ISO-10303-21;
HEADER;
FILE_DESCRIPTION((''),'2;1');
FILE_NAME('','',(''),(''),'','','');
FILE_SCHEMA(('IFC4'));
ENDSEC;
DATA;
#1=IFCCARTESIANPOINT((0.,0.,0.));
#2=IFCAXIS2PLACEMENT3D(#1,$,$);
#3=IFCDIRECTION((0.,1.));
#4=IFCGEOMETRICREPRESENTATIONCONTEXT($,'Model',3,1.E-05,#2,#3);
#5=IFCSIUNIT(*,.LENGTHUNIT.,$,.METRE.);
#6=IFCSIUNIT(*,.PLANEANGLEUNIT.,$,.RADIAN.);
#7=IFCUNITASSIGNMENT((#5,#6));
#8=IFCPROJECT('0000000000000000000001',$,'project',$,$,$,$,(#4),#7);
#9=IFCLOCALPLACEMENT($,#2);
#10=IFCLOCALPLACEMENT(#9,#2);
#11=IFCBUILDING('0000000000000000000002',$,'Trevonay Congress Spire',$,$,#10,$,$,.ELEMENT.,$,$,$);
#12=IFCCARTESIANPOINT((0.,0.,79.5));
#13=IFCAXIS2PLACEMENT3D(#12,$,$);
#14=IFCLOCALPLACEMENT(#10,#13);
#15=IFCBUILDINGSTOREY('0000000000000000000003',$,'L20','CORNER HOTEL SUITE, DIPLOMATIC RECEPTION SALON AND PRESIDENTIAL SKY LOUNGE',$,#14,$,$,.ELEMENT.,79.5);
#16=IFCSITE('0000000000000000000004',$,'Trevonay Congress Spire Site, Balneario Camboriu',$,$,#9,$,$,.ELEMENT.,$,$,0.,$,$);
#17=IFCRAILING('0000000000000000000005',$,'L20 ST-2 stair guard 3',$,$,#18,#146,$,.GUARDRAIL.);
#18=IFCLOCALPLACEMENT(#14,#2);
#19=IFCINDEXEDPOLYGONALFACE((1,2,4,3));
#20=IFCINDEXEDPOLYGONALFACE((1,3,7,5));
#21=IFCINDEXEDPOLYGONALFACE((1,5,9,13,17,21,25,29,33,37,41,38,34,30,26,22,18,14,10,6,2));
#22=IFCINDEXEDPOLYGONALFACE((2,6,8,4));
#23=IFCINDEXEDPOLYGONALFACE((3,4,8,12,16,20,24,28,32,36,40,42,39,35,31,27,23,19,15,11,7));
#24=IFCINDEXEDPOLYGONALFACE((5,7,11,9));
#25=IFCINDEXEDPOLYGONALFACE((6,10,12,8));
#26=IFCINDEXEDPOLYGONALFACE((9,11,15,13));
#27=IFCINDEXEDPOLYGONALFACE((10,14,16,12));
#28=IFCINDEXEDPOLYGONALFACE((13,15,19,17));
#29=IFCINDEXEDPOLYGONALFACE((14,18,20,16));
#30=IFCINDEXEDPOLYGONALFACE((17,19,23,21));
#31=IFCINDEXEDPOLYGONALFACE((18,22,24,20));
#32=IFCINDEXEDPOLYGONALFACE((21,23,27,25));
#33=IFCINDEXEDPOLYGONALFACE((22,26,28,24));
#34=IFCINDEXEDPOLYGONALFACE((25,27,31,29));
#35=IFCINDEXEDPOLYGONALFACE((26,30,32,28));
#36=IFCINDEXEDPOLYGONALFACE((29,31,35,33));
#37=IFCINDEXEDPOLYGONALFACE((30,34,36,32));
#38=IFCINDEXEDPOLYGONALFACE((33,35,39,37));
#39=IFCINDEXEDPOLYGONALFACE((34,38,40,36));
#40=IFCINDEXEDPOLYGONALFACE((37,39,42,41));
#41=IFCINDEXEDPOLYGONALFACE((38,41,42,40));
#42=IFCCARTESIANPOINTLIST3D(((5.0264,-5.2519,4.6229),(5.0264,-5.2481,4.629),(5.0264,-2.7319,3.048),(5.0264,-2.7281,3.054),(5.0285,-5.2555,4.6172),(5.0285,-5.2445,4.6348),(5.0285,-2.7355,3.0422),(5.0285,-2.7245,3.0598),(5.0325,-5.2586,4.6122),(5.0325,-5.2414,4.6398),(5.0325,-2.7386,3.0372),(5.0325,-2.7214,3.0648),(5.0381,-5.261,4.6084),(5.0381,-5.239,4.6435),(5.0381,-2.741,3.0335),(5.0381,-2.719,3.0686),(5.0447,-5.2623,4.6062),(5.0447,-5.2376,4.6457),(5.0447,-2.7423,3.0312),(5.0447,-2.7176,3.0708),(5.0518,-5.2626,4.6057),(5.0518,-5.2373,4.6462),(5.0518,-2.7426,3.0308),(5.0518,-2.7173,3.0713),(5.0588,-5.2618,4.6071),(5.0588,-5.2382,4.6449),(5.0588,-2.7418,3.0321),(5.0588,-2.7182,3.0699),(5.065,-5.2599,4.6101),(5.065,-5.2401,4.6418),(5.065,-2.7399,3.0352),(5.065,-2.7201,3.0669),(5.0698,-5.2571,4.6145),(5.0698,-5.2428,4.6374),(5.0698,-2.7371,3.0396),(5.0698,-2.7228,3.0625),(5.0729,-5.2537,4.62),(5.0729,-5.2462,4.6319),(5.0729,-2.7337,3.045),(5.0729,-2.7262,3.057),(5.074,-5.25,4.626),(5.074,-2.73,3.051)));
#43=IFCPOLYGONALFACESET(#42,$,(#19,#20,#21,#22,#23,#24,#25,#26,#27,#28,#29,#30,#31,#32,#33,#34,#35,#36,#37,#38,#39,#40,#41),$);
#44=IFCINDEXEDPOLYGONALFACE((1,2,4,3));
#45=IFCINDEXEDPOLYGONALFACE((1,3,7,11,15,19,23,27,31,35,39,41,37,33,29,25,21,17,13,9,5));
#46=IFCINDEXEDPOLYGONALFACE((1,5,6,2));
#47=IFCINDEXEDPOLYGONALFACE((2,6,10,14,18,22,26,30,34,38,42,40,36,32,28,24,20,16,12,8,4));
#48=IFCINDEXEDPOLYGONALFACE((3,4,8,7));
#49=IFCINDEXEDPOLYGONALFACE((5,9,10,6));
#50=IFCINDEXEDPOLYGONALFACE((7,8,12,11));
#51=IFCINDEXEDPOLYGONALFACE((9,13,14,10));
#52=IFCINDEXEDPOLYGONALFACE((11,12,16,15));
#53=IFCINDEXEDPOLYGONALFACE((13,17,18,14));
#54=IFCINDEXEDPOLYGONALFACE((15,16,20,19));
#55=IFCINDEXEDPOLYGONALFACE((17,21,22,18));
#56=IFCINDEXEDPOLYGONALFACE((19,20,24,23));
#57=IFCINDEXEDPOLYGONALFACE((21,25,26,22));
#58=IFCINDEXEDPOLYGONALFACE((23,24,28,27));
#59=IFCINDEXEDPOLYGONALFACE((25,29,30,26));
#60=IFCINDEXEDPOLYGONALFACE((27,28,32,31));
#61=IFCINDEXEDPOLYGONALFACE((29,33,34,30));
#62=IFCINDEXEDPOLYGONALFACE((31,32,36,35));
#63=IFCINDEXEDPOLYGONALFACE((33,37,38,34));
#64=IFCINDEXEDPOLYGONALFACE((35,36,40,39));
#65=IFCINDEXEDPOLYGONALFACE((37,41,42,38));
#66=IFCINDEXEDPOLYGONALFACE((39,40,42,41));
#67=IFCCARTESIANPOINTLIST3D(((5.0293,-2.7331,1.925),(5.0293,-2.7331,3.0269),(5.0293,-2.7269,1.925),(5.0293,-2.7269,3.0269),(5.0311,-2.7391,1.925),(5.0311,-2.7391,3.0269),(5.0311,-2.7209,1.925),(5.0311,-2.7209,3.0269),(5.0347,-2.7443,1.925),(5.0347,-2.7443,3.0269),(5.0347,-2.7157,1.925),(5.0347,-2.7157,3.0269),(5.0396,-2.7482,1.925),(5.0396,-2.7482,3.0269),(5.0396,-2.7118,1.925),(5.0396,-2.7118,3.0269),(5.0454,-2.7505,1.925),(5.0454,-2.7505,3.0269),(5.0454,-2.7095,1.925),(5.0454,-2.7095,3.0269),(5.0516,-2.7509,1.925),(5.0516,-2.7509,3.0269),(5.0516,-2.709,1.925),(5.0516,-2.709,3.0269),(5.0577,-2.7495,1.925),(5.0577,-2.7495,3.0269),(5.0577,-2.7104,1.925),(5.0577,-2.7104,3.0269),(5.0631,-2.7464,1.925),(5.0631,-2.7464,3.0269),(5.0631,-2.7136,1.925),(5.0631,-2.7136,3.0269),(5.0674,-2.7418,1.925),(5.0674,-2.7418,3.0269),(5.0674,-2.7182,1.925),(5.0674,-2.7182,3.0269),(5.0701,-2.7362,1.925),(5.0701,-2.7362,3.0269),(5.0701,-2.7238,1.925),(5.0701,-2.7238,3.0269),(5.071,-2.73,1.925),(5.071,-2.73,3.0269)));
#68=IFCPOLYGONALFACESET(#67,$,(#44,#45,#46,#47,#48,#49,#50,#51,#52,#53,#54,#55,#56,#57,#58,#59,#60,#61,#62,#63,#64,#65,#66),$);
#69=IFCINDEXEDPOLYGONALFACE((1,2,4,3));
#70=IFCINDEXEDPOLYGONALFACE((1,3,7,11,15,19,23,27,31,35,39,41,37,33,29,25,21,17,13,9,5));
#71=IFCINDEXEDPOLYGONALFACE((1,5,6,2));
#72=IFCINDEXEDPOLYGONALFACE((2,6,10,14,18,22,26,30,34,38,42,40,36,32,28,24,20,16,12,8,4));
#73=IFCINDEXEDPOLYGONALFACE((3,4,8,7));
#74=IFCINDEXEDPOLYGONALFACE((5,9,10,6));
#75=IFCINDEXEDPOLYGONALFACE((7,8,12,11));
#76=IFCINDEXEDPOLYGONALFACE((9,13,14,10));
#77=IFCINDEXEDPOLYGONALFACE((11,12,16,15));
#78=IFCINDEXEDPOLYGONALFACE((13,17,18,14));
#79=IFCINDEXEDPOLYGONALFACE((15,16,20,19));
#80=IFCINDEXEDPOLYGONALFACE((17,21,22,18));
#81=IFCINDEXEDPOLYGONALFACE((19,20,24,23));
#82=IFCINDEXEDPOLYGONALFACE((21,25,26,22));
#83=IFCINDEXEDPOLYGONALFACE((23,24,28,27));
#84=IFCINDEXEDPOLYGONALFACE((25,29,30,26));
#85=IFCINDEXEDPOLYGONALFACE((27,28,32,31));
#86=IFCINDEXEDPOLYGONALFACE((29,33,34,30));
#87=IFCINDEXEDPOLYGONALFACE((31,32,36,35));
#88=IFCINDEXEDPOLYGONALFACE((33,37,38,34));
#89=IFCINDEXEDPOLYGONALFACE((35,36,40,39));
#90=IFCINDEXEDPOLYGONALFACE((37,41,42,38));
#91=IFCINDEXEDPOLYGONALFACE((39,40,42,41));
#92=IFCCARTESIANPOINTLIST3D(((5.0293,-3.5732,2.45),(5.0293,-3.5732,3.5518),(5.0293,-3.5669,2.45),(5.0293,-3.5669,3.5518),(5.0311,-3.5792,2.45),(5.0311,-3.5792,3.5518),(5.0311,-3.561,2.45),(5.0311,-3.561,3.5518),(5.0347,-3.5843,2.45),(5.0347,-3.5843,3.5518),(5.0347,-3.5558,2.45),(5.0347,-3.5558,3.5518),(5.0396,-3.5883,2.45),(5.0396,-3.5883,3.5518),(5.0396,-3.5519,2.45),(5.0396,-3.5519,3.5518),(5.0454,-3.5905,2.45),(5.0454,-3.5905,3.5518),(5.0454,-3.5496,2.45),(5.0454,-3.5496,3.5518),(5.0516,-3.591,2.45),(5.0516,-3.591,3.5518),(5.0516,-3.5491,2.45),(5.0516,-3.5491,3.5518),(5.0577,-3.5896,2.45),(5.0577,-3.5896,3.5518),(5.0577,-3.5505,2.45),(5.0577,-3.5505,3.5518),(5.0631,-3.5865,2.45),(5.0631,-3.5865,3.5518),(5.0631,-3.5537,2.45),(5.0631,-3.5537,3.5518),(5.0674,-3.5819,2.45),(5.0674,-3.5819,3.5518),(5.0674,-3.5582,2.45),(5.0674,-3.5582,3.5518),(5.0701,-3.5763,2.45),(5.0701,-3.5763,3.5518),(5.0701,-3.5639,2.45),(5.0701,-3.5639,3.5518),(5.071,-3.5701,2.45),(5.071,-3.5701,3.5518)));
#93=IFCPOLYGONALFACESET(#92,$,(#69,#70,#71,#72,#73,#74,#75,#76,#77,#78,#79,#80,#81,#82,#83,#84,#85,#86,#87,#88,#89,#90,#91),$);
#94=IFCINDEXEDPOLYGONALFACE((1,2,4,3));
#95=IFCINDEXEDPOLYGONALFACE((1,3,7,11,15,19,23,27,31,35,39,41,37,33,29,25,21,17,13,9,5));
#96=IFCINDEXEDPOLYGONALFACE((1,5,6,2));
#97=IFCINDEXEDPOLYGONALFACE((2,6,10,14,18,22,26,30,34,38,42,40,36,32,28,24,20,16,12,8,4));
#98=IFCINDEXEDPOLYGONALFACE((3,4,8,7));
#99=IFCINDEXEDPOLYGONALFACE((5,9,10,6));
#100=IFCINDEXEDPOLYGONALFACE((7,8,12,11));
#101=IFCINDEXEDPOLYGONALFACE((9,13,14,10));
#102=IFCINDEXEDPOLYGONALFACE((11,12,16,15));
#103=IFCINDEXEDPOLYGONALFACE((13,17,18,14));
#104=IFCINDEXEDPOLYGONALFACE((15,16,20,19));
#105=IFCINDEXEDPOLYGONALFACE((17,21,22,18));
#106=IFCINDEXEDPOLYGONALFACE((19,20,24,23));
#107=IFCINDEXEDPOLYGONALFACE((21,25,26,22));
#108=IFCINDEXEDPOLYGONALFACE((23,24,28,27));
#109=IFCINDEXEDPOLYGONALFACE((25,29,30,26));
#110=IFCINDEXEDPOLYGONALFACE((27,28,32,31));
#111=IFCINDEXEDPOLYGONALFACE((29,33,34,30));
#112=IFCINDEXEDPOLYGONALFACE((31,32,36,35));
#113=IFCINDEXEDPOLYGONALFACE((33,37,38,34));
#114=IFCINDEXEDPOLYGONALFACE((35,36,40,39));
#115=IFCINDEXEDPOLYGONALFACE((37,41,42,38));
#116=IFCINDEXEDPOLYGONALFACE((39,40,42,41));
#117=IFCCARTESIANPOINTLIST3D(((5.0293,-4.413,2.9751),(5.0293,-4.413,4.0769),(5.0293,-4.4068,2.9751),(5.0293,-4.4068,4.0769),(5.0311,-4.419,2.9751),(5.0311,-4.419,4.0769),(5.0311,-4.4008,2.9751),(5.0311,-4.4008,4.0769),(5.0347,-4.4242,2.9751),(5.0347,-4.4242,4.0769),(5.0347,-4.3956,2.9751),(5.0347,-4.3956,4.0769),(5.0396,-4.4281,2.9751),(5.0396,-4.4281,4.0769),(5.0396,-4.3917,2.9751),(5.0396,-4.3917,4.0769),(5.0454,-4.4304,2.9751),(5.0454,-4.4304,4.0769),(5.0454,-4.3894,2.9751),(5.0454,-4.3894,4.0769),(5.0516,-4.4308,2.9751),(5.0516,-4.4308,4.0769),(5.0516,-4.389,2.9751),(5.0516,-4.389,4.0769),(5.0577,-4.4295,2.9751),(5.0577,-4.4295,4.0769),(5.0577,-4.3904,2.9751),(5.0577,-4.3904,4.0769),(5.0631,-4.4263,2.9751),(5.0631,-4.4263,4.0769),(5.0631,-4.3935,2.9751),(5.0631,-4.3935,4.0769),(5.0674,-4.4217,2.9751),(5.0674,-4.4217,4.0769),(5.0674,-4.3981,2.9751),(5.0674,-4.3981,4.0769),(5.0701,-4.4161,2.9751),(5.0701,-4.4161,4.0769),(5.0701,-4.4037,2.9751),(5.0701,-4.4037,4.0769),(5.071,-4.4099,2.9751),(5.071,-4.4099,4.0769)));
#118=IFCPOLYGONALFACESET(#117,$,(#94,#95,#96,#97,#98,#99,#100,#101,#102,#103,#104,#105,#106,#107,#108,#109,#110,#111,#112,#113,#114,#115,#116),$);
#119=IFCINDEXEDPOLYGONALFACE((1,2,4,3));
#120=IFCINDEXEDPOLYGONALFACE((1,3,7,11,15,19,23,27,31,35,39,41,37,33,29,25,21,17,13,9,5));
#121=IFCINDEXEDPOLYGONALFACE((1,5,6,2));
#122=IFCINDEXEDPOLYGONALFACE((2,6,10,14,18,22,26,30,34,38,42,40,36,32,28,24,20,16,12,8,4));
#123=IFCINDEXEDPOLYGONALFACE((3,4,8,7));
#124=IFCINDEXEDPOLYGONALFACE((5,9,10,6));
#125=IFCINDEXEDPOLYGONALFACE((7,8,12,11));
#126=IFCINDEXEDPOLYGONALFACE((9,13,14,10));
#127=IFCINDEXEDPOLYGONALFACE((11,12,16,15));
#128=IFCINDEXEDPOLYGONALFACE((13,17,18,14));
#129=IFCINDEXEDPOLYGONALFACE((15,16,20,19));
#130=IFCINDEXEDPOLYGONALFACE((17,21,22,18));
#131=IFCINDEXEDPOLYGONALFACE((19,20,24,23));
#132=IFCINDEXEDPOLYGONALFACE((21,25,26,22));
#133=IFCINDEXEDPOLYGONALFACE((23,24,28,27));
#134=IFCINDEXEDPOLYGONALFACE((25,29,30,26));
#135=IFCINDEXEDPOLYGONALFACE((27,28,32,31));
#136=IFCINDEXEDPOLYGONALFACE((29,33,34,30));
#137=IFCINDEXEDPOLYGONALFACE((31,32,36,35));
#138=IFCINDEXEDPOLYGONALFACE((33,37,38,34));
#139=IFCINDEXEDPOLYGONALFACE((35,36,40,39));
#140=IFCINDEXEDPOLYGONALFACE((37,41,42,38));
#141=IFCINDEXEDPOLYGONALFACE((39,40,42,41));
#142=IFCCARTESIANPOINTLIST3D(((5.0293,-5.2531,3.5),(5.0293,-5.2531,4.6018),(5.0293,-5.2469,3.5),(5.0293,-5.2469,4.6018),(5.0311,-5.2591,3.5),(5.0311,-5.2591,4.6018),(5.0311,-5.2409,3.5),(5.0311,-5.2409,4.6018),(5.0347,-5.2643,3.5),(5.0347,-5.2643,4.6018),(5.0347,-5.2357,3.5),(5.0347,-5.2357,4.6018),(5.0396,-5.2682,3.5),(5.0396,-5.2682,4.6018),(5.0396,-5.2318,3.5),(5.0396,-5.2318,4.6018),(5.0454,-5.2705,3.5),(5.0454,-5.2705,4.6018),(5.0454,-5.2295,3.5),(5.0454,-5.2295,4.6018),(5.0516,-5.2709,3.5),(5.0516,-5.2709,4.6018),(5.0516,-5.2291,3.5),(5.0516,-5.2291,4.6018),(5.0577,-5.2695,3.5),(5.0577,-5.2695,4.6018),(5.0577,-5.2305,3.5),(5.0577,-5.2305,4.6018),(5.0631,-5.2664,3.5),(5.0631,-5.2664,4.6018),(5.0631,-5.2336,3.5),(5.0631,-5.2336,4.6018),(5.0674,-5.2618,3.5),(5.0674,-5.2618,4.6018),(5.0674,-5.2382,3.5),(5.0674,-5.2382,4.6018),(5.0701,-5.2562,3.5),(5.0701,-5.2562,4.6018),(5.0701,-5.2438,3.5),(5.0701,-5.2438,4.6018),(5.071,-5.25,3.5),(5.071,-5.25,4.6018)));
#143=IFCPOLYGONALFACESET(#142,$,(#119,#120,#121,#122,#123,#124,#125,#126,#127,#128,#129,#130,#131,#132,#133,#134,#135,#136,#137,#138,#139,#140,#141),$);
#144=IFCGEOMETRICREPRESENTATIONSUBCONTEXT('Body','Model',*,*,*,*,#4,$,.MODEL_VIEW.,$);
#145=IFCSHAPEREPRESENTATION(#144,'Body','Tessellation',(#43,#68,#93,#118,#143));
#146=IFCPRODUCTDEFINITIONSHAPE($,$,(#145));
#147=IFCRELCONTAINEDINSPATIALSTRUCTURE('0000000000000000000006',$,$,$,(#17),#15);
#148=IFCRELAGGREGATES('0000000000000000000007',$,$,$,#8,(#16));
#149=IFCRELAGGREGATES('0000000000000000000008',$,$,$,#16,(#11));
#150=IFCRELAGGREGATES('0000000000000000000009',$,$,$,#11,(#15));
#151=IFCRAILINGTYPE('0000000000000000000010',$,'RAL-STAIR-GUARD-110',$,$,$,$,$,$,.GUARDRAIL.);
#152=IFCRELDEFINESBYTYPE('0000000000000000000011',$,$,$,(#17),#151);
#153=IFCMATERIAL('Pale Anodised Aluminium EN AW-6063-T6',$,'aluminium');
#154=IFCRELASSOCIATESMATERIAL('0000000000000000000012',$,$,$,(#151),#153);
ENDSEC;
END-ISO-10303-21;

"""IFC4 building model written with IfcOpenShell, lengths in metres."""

from ifc_helpers import new_model, si_unit, direction, frame, origin, origin_2d, place, context, subcontext, project, spatial, circle, extrude, material, type_object, element, save


model = new_model("IFC4")

# Units and contexts
model_context = context("Model", 3, precision=1e-05, world=origin(), true_north=direction((0.0, 1.0)))
body_context = subcontext(model_context, "Body", "Model", "MODEL_VIEW")
ifc_project = project(units=[si_unit("LENGTHUNIT", "METRE"), si_unit("PLANEANGLEUNIT", "RADIAN")], contexts=[model_context])

# Site, building, storey
site_placement = place(None, origin())
site = spatial("IfcSite", under=ifc_project, at=site_placement, Name="Trevonay Congress Spire Site, Balneario Camboriu", CompositionType="ELEMENT", RefElevation=0.0)
building_placement = place(site_placement, origin())
building = spatial("IfcBuilding", under=site, at=building_placement, Name="Trevonay Congress Spire", CompositionType="ELEMENT")
storey_placement = place(building_placement, frame((0.0, 0.0, 79.5)))
storey = spatial("IfcBuildingStorey", under=building, at=storey_placement, Name="L20", Description="CORNER HOTEL SUITE, DIPLOMATIC RECEPTION SALON AND PRESIDENTIAL SKY LOUNGE", CompositionType="ELEMENT", Elevation=79.5)

# Railing
ifc_material_1 = material(Name="Pale Anodised Aluminium EN AW-6063-T6", Category="aluminium")
railing_type_1 = type_object("IfcRailingType", Name="RAL-STAIR-GUARD-110", PredefinedType="GUARDRAIL", material=ifc_material_1)
railing_1_placement = place(storey_placement, frame((5.05, -2.73, 1.925)))
element("IfcRailing", 1, at=railing_1_placement, inside=storey, type_object=railing_type_1, Name="L20 ST-2 stair guard 3", PredefinedType="GUARDRAIL", context=body_context, shape_type="SweptSolid", body=[
    extrude(circle(Radius=0.0239, at=origin_2d()), frame((0.0, 0.0, 1.126), z_axis=(0.0, -0.848008, 0.529984), x_axis=(1.0, 0.0, 0.0)), (0.0, 0.0, 1.0), 2.9717),
    extrude(circle(Radius=0.021, at=origin_2d()), origin(), (0.0, 0.0, 1.0), 1.1018),
    extrude(circle(Radius=0.021, at=origin_2d()), frame((0.0, -0.8401, 0.5249)), (0.0, 0.0, 1.0), 1.1018),
    extrude(circle(Radius=0.021, at=origin_2d()), frame((0.0, -1.6799, 1.05)), (0.0, 0.0, 1.0), 1.1018),
    extrude(circle(Radius=0.021, at=origin_2d()), frame((0.0, -2.52, 1.575)), (0.0, 0.0, 1.0), 1.1018),
])

save(model, "model.ifc")
